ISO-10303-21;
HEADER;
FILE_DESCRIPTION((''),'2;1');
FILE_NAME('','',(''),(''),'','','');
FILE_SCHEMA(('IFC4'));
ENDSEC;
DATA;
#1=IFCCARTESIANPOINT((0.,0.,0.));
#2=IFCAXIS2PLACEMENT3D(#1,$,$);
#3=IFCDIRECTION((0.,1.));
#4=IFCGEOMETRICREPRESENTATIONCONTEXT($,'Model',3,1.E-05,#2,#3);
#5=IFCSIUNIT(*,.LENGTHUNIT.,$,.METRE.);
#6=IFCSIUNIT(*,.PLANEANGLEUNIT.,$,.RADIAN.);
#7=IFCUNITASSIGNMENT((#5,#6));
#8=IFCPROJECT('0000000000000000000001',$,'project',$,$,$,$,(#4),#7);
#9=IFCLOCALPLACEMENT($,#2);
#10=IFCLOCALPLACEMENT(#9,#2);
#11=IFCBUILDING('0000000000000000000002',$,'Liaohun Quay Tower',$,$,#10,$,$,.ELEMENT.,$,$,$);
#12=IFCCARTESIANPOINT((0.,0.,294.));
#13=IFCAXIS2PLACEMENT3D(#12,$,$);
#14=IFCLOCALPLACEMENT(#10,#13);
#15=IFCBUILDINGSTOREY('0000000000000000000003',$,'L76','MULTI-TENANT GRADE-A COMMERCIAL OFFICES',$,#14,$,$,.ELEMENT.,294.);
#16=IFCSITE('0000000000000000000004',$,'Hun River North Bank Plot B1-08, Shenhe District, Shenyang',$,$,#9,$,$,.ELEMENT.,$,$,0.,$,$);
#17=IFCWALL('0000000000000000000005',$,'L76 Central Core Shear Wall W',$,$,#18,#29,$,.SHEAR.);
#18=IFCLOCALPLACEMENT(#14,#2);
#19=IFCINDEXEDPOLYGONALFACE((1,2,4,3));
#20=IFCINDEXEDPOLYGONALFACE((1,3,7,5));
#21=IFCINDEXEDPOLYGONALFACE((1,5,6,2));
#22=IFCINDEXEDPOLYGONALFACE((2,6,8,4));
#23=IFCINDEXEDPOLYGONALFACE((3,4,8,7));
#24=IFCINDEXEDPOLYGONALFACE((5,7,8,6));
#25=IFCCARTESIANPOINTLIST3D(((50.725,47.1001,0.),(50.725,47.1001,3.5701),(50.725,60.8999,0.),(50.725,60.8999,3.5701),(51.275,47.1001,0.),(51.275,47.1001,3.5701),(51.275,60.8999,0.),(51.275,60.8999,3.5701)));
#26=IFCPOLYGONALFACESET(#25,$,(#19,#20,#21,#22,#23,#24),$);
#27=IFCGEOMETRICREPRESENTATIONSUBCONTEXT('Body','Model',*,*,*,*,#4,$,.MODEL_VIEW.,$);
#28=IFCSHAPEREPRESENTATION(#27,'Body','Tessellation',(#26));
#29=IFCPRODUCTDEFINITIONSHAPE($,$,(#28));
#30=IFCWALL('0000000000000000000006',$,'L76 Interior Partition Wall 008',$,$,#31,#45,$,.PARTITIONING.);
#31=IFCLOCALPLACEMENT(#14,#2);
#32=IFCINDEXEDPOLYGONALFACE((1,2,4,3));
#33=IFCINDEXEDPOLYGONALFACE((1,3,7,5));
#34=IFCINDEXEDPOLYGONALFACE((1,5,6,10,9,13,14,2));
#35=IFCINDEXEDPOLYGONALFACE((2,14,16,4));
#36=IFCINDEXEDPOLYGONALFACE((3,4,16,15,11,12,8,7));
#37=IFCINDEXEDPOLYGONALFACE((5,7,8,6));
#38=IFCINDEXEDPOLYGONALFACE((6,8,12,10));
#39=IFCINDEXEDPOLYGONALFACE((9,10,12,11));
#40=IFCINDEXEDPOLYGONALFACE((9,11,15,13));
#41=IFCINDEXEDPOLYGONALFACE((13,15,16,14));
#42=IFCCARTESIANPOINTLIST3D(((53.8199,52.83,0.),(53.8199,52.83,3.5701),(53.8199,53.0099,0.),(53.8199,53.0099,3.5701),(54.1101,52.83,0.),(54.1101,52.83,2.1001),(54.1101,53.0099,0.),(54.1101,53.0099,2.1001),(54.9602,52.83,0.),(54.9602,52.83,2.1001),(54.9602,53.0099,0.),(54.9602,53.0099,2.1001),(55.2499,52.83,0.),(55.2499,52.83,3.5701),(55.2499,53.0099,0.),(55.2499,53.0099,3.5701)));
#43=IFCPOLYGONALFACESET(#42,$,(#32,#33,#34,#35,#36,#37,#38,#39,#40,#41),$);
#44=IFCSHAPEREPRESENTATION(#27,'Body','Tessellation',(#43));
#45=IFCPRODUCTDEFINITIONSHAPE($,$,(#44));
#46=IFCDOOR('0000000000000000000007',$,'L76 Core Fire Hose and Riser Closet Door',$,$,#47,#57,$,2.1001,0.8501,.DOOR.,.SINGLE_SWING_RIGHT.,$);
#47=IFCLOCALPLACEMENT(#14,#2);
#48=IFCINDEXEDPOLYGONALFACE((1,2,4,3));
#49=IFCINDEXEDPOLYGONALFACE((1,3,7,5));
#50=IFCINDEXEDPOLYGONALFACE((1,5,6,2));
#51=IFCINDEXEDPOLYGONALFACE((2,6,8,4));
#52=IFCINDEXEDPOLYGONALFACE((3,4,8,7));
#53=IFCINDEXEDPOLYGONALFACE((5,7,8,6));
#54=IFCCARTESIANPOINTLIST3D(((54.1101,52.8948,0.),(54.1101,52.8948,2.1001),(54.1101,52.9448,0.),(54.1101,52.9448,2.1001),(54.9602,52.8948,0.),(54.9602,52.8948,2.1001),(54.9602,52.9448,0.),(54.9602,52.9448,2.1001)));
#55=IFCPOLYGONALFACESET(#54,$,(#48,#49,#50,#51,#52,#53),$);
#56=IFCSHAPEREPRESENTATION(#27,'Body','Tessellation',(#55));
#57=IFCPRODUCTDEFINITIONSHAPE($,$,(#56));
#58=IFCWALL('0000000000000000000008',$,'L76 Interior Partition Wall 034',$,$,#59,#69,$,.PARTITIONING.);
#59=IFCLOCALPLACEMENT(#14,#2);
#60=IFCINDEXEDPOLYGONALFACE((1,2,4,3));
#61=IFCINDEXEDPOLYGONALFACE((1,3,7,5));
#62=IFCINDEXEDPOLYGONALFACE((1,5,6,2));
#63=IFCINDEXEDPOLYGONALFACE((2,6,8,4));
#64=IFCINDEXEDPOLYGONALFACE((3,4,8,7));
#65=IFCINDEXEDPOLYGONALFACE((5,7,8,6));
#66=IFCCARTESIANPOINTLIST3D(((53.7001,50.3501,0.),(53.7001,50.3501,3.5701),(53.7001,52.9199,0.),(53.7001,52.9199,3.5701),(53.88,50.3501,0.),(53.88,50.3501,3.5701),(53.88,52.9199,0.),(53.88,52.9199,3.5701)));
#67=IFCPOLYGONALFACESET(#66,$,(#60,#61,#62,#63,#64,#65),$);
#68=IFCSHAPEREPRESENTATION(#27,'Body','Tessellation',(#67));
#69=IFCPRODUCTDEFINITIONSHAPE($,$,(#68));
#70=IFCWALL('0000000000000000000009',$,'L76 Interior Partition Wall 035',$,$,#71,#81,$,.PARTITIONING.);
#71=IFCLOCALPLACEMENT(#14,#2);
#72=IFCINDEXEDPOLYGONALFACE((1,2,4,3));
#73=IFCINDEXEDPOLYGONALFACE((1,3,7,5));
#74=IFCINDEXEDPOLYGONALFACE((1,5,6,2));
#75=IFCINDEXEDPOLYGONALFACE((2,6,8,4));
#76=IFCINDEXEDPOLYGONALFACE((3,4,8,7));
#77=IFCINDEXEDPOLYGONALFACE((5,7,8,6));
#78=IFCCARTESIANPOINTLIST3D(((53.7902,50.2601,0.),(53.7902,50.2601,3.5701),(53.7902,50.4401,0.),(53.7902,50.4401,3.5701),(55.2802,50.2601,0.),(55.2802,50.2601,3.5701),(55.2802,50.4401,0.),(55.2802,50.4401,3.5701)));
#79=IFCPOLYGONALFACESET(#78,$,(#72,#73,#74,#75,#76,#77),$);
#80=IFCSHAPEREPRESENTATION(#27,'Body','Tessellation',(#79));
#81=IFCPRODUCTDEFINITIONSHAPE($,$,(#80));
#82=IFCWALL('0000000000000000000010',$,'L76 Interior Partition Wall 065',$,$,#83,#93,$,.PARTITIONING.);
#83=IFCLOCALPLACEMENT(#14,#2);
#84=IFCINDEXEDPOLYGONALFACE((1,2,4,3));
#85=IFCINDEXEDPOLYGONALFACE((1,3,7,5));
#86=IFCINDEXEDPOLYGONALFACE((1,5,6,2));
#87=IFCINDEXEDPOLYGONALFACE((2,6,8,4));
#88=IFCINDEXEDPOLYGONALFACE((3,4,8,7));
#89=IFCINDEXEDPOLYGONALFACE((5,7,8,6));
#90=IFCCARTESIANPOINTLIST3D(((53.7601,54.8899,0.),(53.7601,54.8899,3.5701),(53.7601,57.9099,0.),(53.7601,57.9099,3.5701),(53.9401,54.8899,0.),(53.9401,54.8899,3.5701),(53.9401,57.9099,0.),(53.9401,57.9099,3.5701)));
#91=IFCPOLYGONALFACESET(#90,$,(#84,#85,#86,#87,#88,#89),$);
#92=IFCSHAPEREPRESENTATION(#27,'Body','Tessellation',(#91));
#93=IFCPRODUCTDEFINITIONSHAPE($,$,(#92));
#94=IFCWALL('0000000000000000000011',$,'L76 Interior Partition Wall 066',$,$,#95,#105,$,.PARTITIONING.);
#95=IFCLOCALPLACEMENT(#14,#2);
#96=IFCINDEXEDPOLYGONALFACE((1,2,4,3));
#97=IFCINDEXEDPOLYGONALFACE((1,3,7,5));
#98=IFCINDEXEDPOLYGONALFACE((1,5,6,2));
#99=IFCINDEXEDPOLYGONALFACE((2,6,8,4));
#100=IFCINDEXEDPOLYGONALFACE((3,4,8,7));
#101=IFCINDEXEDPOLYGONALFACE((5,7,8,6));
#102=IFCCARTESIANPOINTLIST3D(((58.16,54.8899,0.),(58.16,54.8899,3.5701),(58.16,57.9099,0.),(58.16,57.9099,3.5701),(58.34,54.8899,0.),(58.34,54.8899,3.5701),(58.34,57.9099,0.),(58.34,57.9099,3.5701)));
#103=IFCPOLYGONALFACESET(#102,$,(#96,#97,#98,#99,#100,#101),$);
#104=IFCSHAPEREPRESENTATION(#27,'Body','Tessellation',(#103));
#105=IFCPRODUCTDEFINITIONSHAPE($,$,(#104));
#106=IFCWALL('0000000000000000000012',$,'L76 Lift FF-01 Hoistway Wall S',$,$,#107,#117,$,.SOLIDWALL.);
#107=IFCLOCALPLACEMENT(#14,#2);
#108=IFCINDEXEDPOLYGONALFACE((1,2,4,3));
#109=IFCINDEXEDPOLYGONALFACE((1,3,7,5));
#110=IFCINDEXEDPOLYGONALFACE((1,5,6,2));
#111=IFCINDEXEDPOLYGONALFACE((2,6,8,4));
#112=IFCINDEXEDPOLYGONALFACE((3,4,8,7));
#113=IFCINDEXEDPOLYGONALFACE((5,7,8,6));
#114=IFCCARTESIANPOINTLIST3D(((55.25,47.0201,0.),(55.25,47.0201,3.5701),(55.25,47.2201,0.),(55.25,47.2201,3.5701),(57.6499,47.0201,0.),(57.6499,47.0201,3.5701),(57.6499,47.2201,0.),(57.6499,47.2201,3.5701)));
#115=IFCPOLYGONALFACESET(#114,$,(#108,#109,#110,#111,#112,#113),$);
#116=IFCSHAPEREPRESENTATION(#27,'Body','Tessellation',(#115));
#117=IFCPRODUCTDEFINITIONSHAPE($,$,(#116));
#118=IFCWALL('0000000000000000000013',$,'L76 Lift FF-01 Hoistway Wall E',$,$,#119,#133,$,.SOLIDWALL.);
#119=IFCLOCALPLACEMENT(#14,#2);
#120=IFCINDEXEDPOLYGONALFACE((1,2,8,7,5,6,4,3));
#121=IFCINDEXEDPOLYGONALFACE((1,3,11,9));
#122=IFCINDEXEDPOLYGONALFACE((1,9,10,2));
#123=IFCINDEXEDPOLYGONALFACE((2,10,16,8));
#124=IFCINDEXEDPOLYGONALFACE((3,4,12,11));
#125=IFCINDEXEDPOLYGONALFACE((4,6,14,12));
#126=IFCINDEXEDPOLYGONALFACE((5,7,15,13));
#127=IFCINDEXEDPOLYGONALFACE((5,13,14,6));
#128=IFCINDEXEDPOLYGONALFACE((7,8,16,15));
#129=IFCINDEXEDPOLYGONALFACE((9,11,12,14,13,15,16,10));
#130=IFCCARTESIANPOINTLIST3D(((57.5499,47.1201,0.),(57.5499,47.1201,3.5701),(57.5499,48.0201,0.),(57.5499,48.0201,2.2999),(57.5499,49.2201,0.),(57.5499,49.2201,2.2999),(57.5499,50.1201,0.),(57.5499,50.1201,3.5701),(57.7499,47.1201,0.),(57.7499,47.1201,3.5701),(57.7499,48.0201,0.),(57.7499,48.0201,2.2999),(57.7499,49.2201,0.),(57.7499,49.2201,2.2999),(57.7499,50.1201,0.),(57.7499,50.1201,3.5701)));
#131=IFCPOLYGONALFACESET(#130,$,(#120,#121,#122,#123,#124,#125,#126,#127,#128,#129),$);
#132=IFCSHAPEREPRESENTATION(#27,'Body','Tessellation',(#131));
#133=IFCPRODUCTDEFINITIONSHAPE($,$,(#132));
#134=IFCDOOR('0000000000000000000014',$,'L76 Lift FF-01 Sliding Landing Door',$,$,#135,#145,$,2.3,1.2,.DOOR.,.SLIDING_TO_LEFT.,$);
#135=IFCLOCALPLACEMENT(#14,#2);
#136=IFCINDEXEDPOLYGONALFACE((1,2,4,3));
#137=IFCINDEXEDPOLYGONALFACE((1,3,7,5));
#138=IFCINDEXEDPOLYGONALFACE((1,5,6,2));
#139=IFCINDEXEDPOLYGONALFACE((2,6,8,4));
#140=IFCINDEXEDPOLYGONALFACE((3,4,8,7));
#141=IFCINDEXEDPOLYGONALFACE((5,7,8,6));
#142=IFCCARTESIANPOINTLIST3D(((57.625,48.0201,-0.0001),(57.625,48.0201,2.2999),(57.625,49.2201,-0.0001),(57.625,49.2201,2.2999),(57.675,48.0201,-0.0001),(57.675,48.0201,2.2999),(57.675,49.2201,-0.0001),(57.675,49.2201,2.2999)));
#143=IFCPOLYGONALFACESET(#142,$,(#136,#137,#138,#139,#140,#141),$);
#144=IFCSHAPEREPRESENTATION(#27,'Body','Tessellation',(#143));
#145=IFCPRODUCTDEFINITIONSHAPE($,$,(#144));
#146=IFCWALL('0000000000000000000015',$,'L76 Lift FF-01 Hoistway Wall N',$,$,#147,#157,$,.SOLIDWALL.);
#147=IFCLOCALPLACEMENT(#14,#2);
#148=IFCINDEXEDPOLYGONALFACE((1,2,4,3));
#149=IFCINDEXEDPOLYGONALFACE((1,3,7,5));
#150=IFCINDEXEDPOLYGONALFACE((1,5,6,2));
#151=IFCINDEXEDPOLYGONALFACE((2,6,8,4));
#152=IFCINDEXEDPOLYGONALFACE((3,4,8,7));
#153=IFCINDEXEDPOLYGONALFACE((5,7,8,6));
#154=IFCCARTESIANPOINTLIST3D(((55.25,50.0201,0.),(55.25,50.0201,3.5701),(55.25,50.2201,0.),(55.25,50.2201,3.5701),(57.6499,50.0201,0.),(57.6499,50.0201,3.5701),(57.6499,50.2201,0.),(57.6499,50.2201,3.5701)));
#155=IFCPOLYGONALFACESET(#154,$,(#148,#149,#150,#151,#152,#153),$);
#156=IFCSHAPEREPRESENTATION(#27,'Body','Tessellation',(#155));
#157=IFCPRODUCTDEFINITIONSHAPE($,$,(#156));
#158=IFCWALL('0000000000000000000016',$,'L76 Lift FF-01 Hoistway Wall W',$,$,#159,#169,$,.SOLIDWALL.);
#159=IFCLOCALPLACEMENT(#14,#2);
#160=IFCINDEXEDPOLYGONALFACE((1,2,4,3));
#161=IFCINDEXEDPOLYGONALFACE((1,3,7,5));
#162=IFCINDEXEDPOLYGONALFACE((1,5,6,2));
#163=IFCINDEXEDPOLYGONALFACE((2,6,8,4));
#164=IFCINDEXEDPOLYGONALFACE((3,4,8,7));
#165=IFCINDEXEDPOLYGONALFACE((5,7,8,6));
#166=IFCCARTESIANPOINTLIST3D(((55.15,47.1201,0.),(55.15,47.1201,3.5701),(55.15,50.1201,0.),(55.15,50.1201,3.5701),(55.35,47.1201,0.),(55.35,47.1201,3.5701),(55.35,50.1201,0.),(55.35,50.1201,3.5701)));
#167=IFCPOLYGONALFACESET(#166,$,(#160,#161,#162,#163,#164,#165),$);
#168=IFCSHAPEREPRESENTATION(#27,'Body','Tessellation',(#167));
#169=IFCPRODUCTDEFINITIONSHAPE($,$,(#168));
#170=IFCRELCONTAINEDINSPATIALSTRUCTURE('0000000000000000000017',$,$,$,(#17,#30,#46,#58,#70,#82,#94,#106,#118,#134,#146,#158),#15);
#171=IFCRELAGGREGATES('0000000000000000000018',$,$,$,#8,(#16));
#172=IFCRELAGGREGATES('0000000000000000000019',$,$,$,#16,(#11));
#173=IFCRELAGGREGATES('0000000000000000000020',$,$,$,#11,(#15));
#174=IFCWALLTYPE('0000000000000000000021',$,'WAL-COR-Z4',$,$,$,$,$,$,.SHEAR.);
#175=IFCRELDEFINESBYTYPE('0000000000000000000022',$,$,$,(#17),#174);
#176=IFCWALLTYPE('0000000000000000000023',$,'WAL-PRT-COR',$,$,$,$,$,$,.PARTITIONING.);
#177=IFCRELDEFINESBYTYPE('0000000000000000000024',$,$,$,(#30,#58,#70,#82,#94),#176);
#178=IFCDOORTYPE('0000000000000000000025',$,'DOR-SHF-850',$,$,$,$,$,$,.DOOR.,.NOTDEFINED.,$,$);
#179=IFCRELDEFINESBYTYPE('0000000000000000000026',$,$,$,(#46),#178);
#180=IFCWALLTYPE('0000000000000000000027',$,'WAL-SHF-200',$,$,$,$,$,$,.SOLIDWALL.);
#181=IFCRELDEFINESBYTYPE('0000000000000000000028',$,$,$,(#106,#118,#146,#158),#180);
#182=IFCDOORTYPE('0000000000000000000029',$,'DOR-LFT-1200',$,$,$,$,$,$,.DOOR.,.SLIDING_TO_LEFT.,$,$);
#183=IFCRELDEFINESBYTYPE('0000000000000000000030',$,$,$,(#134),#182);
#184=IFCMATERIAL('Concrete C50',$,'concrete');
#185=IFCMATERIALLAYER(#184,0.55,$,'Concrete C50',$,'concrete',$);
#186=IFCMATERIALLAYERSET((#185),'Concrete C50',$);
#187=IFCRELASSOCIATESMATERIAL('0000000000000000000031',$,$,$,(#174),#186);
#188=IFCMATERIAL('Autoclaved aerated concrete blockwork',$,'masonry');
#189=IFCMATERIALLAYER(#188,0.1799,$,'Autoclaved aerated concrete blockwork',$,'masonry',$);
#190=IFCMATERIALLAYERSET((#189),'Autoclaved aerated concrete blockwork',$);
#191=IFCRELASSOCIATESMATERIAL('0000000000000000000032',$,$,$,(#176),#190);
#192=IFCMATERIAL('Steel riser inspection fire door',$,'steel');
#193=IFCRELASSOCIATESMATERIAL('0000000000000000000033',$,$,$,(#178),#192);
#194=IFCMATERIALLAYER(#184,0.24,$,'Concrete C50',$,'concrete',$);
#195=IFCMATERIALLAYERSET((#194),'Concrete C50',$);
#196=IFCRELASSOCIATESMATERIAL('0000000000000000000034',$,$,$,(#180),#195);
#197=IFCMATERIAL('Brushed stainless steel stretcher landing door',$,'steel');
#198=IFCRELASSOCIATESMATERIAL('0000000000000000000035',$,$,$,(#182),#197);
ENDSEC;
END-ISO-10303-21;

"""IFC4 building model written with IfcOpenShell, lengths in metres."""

from ifc_helpers import new_model, si_unit, direction, frame, frame_2d, origin, place, context, subcontext, project, spatial, rectangle, extrude, source, transform, mapped, material, layer, layer_set, type_object, element, fill, save


model = new_model("IFC4")

# Units and contexts
model_context = context("Model", 3, precision=1e-05, world=origin(), true_north=direction((0.0, 1.0)))
body_context = subcontext(model_context, "Body", "Model", "MODEL_VIEW")
ifc_project = project(units=[si_unit("LENGTHUNIT", "METRE"), si_unit("PLANEANGLEUNIT", "RADIAN")], contexts=[model_context])

# Site, building, storey
site_placement = place(None, origin())
site = spatial("IfcSite", under=ifc_project, at=site_placement, Name="Hun River North Bank Plot B1-08, Shenhe District, Shenyang", CompositionType="ELEMENT", RefElevation=0.0)
building_placement = place(site_placement, origin())
building = spatial("IfcBuilding", under=site, at=building_placement, Name="Liaohun Quay Tower", CompositionType="ELEMENT")
storey_placement = place(building_placement, frame((0.0, 0.0, 294.0)))
storey = spatial("IfcBuildingStorey", under=building, at=storey_placement, Name="L76", Description="MULTI-TENANT GRADE-A COMMERCIAL OFFICES", CompositionType="ELEMENT", Elevation=294.0)

# Wall
ifc_material_1 = material(Name="Concrete C50", Category="concrete")
ifc_layer_1 = layer(ifc_material_1, 0.55, Name="Concrete C50", Category="concrete")
ifc_layer_set_1 = layer_set([ifc_layer_1], Name="Concrete C50")
wall_type_1 = type_object("IfcWallType", Name="WAL-COR-Z4", PredefinedType="SHEAR", material=ifc_layer_set_1)
wall_1_placement = place(storey_placement, frame((51.0, 47.1001, 0.0), z_axis=(0.0, 0.0, 1.0), x_axis=(0.0, 1.0, 0.0)))
element("IfcWall", 1, at=wall_1_placement, inside=storey, type_object=wall_type_1, Name="L76 Central Core Shear Wall W", PredefinedType="SHEAR", context=body_context, shape_type="SweptSolid", body=[
    extrude(rectangle(XDim=13.7998, YDim=0.55, at=frame_2d((6.8999, 0.0))), origin(), (0.0, 0.0, 1.0), 3.5701),
])

# Wall, opening, door
ifc_material_2 = material(Name="Autoclaved aerated concrete blockwork", Category="masonry")
ifc_layer_2 = layer(ifc_material_2, 0.1799, Name="Autoclaved aerated concrete blockwork", Category="masonry")
ifc_layer_set_2 = layer_set([ifc_layer_2], Name="Autoclaved aerated concrete blockwork")
wall_type_2 = type_object("IfcWallType", Name="WAL-PRT-COR", PredefinedType="PARTITIONING", material=ifc_layer_set_2)
wall_2_placement = place(storey_placement, frame((53.8201, 52.9199, 0.0), z_axis=(0.0, 0.0, 1.0), x_axis=(1.0, 0.0, 0.0)))
wall_2 = element("IfcWall", 2, at=wall_2_placement, inside=storey, type_object=wall_type_2, Name="L76 Interior Partition Wall 008", PredefinedType="PARTITIONING", context=body_context, shape_type="SweptSolid", body=[
    extrude(rectangle(XDim=1.4299, YDim=0.1799, at=frame_2d((0.7148, 0.0))), origin(), (0.0, 0.0, 1.0), 3.5701),
])
shared_shape_1 = source(origin(), body_context, "Body", "SweptSolid", [
    extrude(rectangle(XDim=0.8501, YDim=2.1001, at=frame_2d((0.425, 1.05))), frame((0.0, 0.0999, 0.0), z_axis=(0.0, -1.0, 0.0), x_axis=(1.0, 0.0, 0.0)), (0.0, 0.0, 1.0), 0.2),
])
opening_1_placement = place(wall_2_placement, frame((0.29, 0.0, 0.0)))
opening_1 = element("IfcOpeningElement", 3, at=opening_1_placement, cuts=wall_2, PredefinedType="OPENING", context=body_context, shape_type="MappedRepresentation", body=[
    mapped(shared_shape_1, transform((0.0, 0.0, 0.0), x_axis=(1.0, 0.0, 0.0), y_axis=(0.0, 1.0, 0.0), z_axis=(0.0, 0.0, 1.0), scale=1.0)),
])
ifc_material_3 = material(Name="Steel riser inspection fire door", Category="steel")
door_type_1 = type_object("IfcDoorType", Name="DOR-SHF-850", OperationType="NOTDEFINED", PredefinedType="DOOR", material=ifc_material_3)
shared_shape_2 = source(origin(), body_context, "Body", "SweptSolid", [
    extrude(rectangle(XDim=0.8501, YDim=2.1001, at=frame_2d((0.425, 1.05))), frame((0.0, 0.0249, 0.0), z_axis=(0.0, -1.0, 0.0), x_axis=(1.0, 0.0, 0.0)), (0.0, 0.0, 1.0), 0.05),
])
door_1_placement = place(opening_1_placement, origin())
door_1 = element("IfcDoor", 4, at=door_1_placement, inside=storey, type_object=door_type_1, Name="L76 Core Fire Hose and Riser Closet Door", OperationType="SINGLE_SWING_RIGHT", OverallHeight=2.1001, OverallWidth=0.8501, PredefinedType="DOOR", context=body_context, shape_type="MappedRepresentation", body=[
    mapped(shared_shape_2, transform((0.0, 0.0, 0.0), x_axis=(1.0, 0.0, 0.0), y_axis=(0.0, 1.0, 0.0), z_axis=(0.0, 0.0, 1.0), scale=1.0)),
])
fill(opening_1, door_1)

# Walls
wall_3_placement = place(storey_placement, frame((53.79, 50.3501, 0.0), z_axis=(0.0, 0.0, 1.0), x_axis=(0.0, 1.0, 0.0)))
element("IfcWall", 5, at=wall_3_placement, inside=storey, type_object=wall_type_2, Name="L76 Interior Partition Wall 034", PredefinedType="PARTITIONING", context=body_context, shape_type="SweptSolid", body=[
    extrude(rectangle(XDim=2.5698, YDim=0.1799, at=frame_2d((1.2849, 0.0))), origin(), (0.0, 0.0, 1.0), 3.5701),
])
wall_4_placement = place(storey_placement, frame((53.79, 50.3501, 0.0), z_axis=(0.0, 0.0, 1.0), x_axis=(1.0, 0.0, 0.0)))
element("IfcWall", 6, at=wall_4_placement, inside=storey, type_object=wall_type_2, Name="L76 Interior Partition Wall 035", PredefinedType="PARTITIONING", context=body_context, shape_type="SweptSolid", body=[
    extrude(rectangle(XDim=1.49, YDim=0.1799, at=frame_2d((0.7451, 0.0))), origin(), (0.0, 0.0, 1.0), 3.5701),
])
for number, where, z_axis, x_axis, name in (
    (7, (53.8501, 54.8899, 0.0), (0.0, 0.0, 1.0), (0.0, 1.0, 0.0), "L76 Interior Partition Wall 065"),
    (8, (58.25, 54.8899, 0.0), (0.0, 0.0, 1.0), (0.0, 1.0, 0.0), "L76 Interior Partition Wall 066"),
):
    element("IfcWall", number, at=place(storey_placement, frame(where, z_axis=z_axis, x_axis=x_axis)), inside=storey, type_object=wall_type_2, Name=name, PredefinedType="PARTITIONING", context=body_context, shape_type="SweptSolid", body=[
        extrude(rectangle(XDim=3.02, YDim=0.1799, at=frame_2d((1.51, 0.0))), origin(), (0.0, 0.0, 1.0), 3.5701),
    ])
ifc_layer_3 = layer(ifc_material_1, 0.24, Name="Concrete C50", Category="concrete")
ifc_layer_set_3 = layer_set([ifc_layer_3], Name="Concrete C50")
wall_type_3 = type_object("IfcWallType", Name="WAL-SHF-200", PredefinedType="SOLIDWALL", material=ifc_layer_set_3)
wall_5_placement = place(storey_placement, frame((55.25, 47.1201, 0.0), z_axis=(0.0, 0.0, 1.0), x_axis=(1.0, 0.0, 0.0)))
element("IfcWall", 9, at=wall_5_placement, inside=storey, type_object=wall_type_3, Name="L76 Lift FF-01 Hoistway Wall S", PredefinedType="SOLIDWALL", context=body_context, shape_type="SweptSolid", body=[
    extrude(rectangle(XDim=2.3999, YDim=0.2, at=frame_2d((1.2, 0.0))), origin(), (0.0, 0.0, 1.0), 3.5701),
])

# Wall, opening, door
wall_6_placement = place(storey_placement, frame((57.6499, 47.1201, 0.0), z_axis=(0.0, 0.0, 1.0), x_axis=(0.0, 1.0, 0.0)))
wall_6 = element("IfcWall", 10, at=wall_6_placement, inside=storey, type_object=wall_type_3, Name="L76 Lift FF-01 Hoistway Wall E", PredefinedType="SOLIDWALL", context=body_context, shape_type="SweptSolid", body=[
    extrude(rectangle(XDim=3.0, YDim=0.2, at=frame_2d((1.5, 0.0))), origin(), (0.0, 0.0, 1.0), 3.5701),
])
shared_shape_3 = source(origin(), body_context, "Body", "SweptSolid", [
    extrude(rectangle(XDim=1.2, YDim=2.3, at=frame_2d((0.6001, 1.1499))), frame((0.0, 0.1099, 0.0), z_axis=(0.0, -1.0, 0.0), x_axis=(1.0, 0.0, 0.0)), (0.0, 0.0, 1.0), 0.22),
])
opening_2_placement = place(wall_6_placement, frame((0.8999, 0.0, 0.0)))
opening_2 = element("IfcOpeningElement", 11, at=opening_2_placement, cuts=wall_6, PredefinedType="OPENING", context=body_context, shape_type="MappedRepresentation", body=[
    mapped(shared_shape_3, transform((0.0, 0.0, 0.0), x_axis=(1.0, 0.0, 0.0), y_axis=(0.0, 1.0, 0.0), z_axis=(0.0, 0.0, 1.0), scale=1.0)),
])
ifc_material_4 = material(Name="Brushed stainless steel stretcher landing door", Category="steel")
door_type_2 = type_object("IfcDoorType", Name="DOR-LFT-1200", OperationType="SLIDING_TO_LEFT", PredefinedType="DOOR", material=ifc_material_4)
shared_shape_4 = source(origin(), body_context, "Body", "SweptSolid", [
    extrude(rectangle(XDim=1.2, YDim=2.3, at=frame_2d((0.6001, 1.1499))), frame((0.0, 0.0249, 0.0), z_axis=(0.0, -1.0, 0.0), x_axis=(1.0, 0.0, 0.0)), (0.0, 0.0, 1.0), 0.05),
])
door_2_placement = place(opening_2_placement, origin())
door_2 = element("IfcDoor", 12, at=door_2_placement, inside=storey, type_object=door_type_2, Name="L76 Lift FF-01 Sliding Landing Door", OperationType="SLIDING_TO_LEFT", OverallHeight=2.3, OverallWidth=1.2, PredefinedType="DOOR", context=body_context, shape_type="MappedRepresentation", body=[
    mapped(shared_shape_4, transform((0.0, 0.0, 0.0), x_axis=(1.0, 0.0, 0.0), y_axis=(0.0, 1.0, 0.0), z_axis=(0.0, 0.0, 1.0), scale=1.0)),
])
fill(opening_2, door_2)

# Walls
wall_7_placement = place(storey_placement, frame((57.6499, 50.1201, 0.0), z_axis=(0.0, 0.0, 1.0), x_axis=(-1.0, 0.0, 0.0)))
element("IfcWall", 13, at=wall_7_placement, inside=storey, type_object=wall_type_3, Name="L76 Lift FF-01 Hoistway Wall N", PredefinedType="SOLIDWALL", context=body_context, shape_type="SweptSolid", body=[
    extrude(rectangle(XDim=2.3999, YDim=0.2, at=frame_2d((1.2, 0.0))), origin(), (0.0, 0.0, 1.0), 3.5701),
])
wall_8_placement = place(storey_placement, frame((55.25, 50.1201, 0.0), z_axis=(0.0, 0.0, 1.0), x_axis=(0.0, -1.0, 0.0)))
element("IfcWall", 14, at=wall_8_placement, inside=storey, type_object=wall_type_3, Name="L76 Lift FF-01 Hoistway Wall W", PredefinedType="SOLIDWALL", context=body_context, shape_type="SweptSolid", body=[
    extrude(rectangle(XDim=3.0, YDim=0.2, at=frame_2d((1.5, 0.0))), origin(), (0.0, 0.0, 1.0), 3.5701),
])

save(model, "model.ifc")
